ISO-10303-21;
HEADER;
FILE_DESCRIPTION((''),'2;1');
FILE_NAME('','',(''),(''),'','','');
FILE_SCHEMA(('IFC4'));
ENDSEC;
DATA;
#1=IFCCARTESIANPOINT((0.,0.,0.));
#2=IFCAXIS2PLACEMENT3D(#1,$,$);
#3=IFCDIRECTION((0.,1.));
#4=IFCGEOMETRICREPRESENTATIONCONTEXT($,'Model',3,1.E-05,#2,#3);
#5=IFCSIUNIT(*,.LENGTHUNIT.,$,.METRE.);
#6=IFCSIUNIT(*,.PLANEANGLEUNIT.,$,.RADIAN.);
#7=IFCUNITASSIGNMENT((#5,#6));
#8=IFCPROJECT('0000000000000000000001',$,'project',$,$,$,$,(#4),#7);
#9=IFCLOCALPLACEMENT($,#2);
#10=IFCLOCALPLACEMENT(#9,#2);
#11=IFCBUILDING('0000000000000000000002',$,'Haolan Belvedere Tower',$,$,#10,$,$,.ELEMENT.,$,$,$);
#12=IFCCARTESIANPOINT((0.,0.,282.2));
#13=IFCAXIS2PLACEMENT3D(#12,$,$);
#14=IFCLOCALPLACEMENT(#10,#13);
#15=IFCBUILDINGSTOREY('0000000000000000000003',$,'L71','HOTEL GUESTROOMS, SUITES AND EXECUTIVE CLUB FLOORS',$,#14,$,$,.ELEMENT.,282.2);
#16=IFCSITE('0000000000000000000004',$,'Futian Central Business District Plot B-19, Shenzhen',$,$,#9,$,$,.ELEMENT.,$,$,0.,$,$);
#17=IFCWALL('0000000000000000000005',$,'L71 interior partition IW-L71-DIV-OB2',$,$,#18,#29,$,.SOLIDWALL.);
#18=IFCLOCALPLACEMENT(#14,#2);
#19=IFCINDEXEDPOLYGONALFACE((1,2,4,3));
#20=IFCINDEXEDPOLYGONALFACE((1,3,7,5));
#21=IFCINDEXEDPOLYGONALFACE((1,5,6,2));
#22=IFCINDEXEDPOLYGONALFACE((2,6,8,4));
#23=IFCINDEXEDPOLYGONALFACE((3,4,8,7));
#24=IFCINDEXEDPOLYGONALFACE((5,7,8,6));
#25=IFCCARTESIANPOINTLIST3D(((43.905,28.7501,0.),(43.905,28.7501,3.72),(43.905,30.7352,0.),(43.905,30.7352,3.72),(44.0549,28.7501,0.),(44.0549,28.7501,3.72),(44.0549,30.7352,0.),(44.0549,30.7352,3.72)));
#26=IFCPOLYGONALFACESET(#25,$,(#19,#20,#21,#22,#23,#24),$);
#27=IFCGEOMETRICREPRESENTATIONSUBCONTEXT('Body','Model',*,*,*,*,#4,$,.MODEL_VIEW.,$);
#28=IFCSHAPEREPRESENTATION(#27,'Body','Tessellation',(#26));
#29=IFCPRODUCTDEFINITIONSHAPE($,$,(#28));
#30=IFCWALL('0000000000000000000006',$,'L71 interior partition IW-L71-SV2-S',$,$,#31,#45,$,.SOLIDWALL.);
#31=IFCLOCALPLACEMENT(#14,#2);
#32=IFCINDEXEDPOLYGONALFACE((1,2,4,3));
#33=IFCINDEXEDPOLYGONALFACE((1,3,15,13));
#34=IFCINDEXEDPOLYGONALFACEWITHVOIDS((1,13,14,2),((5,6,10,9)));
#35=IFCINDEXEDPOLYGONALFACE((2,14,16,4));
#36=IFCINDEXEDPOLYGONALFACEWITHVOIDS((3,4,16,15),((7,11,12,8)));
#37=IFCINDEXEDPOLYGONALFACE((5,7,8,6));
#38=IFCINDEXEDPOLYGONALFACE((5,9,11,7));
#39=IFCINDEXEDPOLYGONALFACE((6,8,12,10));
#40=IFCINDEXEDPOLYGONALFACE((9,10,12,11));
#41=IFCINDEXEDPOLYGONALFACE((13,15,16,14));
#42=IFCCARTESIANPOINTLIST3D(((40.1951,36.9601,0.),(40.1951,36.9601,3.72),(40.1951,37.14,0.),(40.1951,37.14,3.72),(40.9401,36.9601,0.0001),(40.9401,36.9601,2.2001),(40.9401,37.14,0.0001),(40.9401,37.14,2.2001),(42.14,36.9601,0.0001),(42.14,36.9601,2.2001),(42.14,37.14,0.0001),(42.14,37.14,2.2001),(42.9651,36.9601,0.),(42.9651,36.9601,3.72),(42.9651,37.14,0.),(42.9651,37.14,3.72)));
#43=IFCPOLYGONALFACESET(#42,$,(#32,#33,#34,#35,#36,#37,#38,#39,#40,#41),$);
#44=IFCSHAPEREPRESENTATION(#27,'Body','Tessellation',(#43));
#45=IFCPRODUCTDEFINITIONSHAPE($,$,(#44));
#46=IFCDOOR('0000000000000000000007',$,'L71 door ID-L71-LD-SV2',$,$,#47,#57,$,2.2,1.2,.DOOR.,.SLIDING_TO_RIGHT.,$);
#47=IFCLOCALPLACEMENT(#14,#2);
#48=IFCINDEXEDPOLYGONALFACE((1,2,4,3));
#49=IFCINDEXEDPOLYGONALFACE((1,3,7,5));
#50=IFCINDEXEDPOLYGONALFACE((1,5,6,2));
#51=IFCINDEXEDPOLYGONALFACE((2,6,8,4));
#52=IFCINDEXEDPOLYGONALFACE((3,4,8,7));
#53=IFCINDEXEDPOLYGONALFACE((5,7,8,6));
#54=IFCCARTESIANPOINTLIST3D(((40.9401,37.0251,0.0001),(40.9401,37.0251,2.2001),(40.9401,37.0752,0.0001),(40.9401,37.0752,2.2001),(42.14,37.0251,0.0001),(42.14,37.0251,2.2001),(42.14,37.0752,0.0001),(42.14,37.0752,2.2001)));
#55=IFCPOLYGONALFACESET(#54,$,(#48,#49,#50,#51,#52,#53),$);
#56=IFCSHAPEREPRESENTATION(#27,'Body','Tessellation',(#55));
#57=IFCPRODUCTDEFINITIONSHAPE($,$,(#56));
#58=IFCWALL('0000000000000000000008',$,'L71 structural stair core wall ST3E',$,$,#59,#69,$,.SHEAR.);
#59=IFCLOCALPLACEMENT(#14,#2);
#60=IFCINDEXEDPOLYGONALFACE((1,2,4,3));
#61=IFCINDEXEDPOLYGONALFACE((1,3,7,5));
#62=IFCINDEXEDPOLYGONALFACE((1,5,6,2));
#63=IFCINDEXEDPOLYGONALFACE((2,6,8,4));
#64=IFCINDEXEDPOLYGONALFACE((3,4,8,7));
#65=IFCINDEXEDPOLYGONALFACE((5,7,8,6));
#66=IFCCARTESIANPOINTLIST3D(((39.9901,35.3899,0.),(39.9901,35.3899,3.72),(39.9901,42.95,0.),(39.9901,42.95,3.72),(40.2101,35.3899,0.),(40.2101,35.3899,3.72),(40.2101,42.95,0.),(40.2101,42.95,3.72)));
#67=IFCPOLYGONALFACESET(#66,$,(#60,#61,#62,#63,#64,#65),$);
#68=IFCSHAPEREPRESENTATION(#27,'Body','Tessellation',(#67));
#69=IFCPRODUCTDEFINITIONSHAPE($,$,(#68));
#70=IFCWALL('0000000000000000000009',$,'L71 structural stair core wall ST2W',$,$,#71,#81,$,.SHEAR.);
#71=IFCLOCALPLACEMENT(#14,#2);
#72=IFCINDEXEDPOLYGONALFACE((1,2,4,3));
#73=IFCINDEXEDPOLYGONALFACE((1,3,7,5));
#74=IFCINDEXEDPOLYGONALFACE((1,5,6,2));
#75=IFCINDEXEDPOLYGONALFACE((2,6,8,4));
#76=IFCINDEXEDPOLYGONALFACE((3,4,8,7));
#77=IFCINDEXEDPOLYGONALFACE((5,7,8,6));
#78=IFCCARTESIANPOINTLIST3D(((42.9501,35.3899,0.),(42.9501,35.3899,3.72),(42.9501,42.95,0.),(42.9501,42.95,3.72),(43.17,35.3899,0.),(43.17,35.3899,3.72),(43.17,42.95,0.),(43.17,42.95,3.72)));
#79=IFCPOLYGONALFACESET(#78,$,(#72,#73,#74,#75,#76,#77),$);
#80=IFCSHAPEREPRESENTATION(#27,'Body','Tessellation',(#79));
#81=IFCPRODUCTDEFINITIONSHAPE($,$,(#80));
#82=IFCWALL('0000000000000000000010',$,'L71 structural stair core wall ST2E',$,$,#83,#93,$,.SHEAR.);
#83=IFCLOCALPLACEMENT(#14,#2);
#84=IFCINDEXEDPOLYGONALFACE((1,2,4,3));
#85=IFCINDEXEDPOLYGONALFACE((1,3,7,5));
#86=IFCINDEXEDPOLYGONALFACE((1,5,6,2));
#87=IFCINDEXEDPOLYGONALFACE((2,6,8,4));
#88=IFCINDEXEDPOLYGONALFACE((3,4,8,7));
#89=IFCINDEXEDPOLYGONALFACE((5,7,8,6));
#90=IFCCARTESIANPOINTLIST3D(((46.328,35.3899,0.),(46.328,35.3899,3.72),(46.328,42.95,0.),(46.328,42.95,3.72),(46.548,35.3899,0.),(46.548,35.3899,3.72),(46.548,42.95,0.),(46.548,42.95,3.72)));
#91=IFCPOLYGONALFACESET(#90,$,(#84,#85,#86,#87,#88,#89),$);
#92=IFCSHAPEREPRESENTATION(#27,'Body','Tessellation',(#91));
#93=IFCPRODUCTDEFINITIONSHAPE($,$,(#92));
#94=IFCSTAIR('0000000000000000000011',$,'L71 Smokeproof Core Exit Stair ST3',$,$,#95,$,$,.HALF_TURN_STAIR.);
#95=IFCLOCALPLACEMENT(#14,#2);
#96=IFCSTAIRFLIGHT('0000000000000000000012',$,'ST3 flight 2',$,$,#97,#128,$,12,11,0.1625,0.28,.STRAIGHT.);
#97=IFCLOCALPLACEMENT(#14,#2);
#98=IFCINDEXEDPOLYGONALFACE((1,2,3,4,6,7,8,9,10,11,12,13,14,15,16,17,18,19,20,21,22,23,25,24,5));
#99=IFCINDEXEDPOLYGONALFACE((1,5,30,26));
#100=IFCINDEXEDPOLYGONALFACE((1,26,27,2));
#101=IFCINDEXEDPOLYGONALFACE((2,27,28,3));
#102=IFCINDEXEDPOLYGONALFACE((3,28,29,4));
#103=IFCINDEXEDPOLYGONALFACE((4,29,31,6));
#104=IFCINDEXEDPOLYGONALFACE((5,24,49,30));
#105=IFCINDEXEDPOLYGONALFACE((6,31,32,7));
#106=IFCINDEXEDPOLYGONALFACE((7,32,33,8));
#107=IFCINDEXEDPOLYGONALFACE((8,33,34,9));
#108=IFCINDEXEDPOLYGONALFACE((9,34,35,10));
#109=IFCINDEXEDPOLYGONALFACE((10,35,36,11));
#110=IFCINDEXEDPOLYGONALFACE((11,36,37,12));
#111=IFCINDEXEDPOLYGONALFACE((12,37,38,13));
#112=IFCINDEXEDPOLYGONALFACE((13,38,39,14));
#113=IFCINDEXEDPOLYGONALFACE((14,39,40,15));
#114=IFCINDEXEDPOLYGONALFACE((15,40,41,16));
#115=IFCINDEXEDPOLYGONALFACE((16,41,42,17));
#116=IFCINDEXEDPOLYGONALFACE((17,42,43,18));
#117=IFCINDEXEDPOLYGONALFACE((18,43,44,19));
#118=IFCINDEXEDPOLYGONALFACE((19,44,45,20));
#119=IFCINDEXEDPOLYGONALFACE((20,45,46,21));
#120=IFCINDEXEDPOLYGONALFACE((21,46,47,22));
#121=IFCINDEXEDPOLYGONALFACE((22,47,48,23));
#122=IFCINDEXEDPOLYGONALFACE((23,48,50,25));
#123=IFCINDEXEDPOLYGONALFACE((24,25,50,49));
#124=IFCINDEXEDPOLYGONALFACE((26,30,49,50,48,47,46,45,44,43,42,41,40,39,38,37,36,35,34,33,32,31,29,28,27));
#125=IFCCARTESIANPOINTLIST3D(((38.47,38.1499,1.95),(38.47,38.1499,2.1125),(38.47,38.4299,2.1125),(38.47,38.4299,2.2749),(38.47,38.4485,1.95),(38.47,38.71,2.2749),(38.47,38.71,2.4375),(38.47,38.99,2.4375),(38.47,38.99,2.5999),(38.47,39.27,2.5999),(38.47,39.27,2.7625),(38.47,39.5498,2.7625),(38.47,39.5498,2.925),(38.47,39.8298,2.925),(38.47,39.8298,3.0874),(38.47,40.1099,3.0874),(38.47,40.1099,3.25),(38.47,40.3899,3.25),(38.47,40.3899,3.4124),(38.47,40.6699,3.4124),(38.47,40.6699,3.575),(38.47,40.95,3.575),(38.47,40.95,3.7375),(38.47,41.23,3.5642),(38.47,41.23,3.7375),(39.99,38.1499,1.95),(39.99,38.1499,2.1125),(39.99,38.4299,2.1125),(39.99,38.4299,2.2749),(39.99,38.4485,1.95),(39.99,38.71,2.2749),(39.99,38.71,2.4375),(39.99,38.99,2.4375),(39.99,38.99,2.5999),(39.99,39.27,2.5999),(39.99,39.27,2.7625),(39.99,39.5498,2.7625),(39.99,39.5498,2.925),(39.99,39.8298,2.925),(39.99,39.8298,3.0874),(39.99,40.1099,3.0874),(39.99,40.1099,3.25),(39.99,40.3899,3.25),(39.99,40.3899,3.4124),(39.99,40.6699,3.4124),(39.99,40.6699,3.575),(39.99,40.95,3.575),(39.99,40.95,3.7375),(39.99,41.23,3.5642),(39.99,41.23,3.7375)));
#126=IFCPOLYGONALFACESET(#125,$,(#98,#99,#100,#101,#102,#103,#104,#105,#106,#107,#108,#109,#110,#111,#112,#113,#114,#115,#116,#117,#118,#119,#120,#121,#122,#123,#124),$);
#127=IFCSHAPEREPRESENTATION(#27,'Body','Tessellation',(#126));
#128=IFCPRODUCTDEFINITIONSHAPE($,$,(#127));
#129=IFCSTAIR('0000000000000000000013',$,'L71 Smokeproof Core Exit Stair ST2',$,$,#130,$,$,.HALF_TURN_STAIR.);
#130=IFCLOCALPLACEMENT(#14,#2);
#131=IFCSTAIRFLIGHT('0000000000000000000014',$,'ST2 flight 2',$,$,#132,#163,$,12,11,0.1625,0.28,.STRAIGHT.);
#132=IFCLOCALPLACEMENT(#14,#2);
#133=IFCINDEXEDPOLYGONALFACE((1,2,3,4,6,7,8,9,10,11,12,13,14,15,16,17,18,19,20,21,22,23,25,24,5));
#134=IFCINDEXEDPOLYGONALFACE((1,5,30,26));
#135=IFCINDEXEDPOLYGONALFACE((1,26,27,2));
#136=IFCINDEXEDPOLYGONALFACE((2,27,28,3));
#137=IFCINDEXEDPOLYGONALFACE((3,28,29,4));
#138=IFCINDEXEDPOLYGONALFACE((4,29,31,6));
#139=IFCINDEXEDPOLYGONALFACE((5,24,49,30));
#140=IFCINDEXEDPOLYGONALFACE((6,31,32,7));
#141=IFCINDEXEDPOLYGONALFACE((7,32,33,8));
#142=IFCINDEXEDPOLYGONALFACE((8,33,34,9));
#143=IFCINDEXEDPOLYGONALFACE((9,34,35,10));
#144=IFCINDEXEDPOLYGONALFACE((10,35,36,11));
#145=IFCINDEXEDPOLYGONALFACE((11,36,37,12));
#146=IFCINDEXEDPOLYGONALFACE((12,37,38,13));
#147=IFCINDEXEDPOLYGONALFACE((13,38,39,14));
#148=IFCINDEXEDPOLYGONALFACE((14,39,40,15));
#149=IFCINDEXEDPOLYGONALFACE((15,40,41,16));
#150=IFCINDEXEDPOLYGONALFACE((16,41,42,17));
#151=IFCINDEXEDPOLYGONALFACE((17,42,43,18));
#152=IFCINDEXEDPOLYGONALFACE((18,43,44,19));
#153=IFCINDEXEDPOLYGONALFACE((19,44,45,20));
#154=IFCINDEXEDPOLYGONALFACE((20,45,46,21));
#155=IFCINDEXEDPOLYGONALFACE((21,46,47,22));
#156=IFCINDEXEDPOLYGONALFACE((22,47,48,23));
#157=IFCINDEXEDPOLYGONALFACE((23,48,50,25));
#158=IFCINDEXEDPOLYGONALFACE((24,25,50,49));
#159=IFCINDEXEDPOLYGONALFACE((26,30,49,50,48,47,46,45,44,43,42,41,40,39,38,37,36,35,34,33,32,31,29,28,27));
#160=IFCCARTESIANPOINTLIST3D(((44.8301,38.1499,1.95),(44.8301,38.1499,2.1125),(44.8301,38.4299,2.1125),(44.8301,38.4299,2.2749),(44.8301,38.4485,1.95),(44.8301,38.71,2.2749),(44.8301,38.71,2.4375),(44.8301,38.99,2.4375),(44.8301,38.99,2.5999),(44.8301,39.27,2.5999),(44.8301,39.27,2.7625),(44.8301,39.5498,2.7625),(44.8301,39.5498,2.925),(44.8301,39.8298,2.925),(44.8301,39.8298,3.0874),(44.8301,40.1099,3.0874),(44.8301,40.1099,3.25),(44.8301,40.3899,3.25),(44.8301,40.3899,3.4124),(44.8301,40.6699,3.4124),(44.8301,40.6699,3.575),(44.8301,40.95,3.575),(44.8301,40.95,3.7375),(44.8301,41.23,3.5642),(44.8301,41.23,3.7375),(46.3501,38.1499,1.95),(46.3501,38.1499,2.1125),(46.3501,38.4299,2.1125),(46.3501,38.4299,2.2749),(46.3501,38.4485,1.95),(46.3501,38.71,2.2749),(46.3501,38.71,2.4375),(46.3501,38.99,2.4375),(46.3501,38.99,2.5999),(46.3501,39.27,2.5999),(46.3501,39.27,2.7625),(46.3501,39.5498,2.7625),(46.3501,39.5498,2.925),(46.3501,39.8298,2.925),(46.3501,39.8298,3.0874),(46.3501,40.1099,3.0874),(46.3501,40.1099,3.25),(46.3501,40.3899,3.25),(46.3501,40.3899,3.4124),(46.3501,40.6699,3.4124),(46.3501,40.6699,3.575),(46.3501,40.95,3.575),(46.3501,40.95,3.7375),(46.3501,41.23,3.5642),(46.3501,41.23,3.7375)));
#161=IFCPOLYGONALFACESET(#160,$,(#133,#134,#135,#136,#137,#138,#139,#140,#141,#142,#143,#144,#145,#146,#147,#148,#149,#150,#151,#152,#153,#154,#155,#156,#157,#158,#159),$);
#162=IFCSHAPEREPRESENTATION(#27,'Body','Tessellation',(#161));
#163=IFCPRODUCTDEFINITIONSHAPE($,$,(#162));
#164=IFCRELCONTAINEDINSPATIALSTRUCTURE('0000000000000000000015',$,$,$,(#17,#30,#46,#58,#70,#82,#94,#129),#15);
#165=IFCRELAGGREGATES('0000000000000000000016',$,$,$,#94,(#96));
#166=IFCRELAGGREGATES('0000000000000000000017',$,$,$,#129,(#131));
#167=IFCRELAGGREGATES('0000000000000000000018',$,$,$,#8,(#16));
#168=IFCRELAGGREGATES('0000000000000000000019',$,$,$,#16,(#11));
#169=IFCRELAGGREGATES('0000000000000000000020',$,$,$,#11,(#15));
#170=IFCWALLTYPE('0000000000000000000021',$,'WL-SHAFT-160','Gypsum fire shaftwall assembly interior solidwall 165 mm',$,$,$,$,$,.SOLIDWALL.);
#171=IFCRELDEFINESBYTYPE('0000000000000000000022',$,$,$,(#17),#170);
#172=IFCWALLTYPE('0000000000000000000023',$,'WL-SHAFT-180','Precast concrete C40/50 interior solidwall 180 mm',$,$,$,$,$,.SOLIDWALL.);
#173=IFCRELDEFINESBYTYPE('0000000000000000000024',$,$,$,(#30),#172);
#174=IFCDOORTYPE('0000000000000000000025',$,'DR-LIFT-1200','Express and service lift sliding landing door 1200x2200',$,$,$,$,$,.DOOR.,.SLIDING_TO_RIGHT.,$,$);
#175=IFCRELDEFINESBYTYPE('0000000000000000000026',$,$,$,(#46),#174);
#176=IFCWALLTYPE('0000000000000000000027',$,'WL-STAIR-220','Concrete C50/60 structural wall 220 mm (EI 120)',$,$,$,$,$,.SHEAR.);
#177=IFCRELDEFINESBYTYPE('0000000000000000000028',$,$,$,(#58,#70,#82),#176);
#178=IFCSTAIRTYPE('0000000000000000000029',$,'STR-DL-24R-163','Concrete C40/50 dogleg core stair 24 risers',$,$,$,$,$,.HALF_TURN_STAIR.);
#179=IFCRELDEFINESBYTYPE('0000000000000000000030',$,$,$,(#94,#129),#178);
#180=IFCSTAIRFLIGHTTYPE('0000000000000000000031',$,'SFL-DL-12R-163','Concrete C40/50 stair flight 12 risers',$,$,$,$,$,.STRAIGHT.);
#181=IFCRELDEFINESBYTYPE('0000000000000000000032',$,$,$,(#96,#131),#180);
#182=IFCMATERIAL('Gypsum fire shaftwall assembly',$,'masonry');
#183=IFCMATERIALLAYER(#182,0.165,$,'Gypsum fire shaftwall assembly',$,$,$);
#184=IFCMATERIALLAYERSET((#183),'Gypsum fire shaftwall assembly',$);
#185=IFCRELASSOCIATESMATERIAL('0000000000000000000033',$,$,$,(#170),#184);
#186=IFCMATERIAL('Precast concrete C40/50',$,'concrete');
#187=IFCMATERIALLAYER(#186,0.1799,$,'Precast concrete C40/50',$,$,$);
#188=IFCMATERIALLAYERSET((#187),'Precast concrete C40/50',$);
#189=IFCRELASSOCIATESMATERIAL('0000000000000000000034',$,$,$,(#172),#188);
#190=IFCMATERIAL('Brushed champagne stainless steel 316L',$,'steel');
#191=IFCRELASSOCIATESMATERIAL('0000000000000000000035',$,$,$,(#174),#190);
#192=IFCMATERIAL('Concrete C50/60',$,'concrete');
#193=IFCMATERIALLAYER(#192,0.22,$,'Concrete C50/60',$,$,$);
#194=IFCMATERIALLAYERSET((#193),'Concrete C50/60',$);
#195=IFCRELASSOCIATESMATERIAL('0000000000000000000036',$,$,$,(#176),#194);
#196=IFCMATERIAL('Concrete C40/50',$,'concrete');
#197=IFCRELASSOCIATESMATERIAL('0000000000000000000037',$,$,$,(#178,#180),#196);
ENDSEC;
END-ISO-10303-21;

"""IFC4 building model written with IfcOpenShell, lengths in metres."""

from ifc_helpers import new_model, si_unit, direction, frame, frame_2d, origin, place, context, subcontext, project, spatial, polyline, rectangle, outline, extrude, material, layer, layer_set, type_object, element, fill, aggregate, save


model = new_model("IFC4")

# Units and contexts
model_context = context("Model", 3, precision=1e-05, world=origin(), true_north=direction((0.0, 1.0)))
body_context = subcontext(model_context, "Body", "Model", "MODEL_VIEW")
ifc_project = project(units=[si_unit("LENGTHUNIT", "METRE"), si_unit("PLANEANGLEUNIT", "RADIAN")], contexts=[model_context])

# Site, building, storey
site_placement = place(None, origin())
site = spatial("IfcSite", under=ifc_project, at=site_placement, Name="Futian Central Business District Plot B-19, Shenzhen", CompositionType="ELEMENT", RefElevation=0.0)
building_placement = place(site_placement, origin())
building = spatial("IfcBuilding", under=site, at=building_placement, Name="Haolan Belvedere Tower", CompositionType="ELEMENT")
storey_placement = place(building_placement, frame((0.0, 0.0, 282.2)))
storey = spatial("IfcBuildingStorey", under=building, at=storey_placement, Name="L71", Description="HOTEL GUESTROOMS, SUITES AND EXECUTIVE CLUB FLOORS", CompositionType="ELEMENT", Elevation=282.2)

# Shared definitions
ifc_material_1 = material(Name="Concrete C50/60", Category="concrete")

# Shared definitions
ifc_material_2 = material(Name="Precast concrete C40/50", Category="concrete")

# Shared definitions
ifc_material_3 = material(Name="Gypsum fire shaftwall assembly", Category="masonry")
ifc_layer_1 = layer(ifc_material_3, 0.165, Name="Gypsum fire shaftwall assembly")
ifc_layer_set_1 = layer_set([ifc_layer_1], Name="Gypsum fire shaftwall assembly")
wall_type_1 = type_object("IfcWallType", Name="WL-SHAFT-160", Description="Gypsum fire shaftwall assembly interior solidwall 165 mm", PredefinedType="SOLIDWALL", material=ifc_layer_set_1)

# Shared definitions
ifc_material_4 = material(Name="Brushed champagne stainless steel 316L", Category="steel")

# Wall
for number, where, z_axis, x_axis, name in (
    (1, (43.98, 28.75, 0.0), (0.0, 0.0, 1.0), (0.0, 1.0, 0.0), "L71 interior partition IW-L71-DIV-OB2"),
):
    element("IfcWall", number, at=place(storey_placement, frame(where, z_axis=z_axis, x_axis=x_axis)), inside=storey, type_object=wall_type_1, Name=name, PredefinedType="SOLIDWALL", context=body_context, shape_type="SweptSolid", body=[
        extrude(rectangle(XDim=1.9851, YDim=0.1499, at=frame_2d((0.9927, 0.0))), origin(), (0.0, 0.0, 1.0), 3.72),
    ])

# Wall, opening, door
ifc_layer_2 = layer(ifc_material_2, 0.1799, Name="Precast concrete C40/50")
ifc_layer_set_2 = layer_set([ifc_layer_2], Name="Precast concrete C40/50")
wall_type_2 = type_object("IfcWallType", Name="WL-SHAFT-180", Description="Precast concrete C40/50 interior solidwall 180 mm", PredefinedType="SOLIDWALL", material=ifc_layer_set_2)
wall_1_placement = place(storey_placement, frame((40.1951, 37.05, 0.0), z_axis=(0.0, 0.0, 1.0), x_axis=(1.0, 0.0, 0.0)))
wall_1 = element("IfcWall", 2, at=wall_1_placement, inside=storey, type_object=wall_type_2, Name="L71 interior partition IW-L71-SV2-S", PredefinedType="SOLIDWALL", context=body_context, shape_type="SweptSolid", body=[
    extrude(rectangle(XDim=2.77, YDim=0.1799, at=frame_2d((1.385, 0.0))), origin(), (0.0, 0.0, 1.0), 3.72),
])
opening_1_placement = place(wall_1_placement, frame((1.9451, 0.0, 0.0), z_axis=(0.0, 0.0, 1.0), x_axis=(-1.0, 0.0, 0.0)))
opening_1 = element("IfcOpeningElement", 3, at=opening_1_placement, cuts=wall_1, PredefinedType="OPENING", context=body_context, shape_type="SweptSolid", body=[
    extrude(rectangle(XDim=1.2, YDim=2.2, at=frame_2d((0.6001, 1.1001))), frame((0.0, 0.0999, 0.0), z_axis=(0.0, -1.0, 0.0), x_axis=(1.0, 0.0, 0.0)), (0.0, 0.0, 1.0), 0.2),
])
door_type_1 = type_object("IfcDoorType", Name="DR-LIFT-1200", Description="Express and service lift sliding landing door 1200x2200", OperationType="SLIDING_TO_RIGHT", PredefinedType="DOOR", material=ifc_material_4)
door_1_placement = place(opening_1_placement, origin())
door_1 = element("IfcDoor", 4, at=door_1_placement, inside=storey, type_object=door_type_1, Name="L71 door ID-L71-LD-SV2", OperationType="SLIDING_TO_RIGHT", OverallHeight=2.2, OverallWidth=1.2, PredefinedType="DOOR", context=body_context, shape_type="SweptSolid", body=[
    extrude(rectangle(XDim=1.2, YDim=2.2, at=frame_2d((0.6001, 1.1001))), frame((0.0, 0.0249, 0.0), z_axis=(0.0, -1.0, 0.0), x_axis=(1.0, 0.0, 0.0)), (0.0, 0.0, 1.0), 0.05),
])
fill(opening_1, door_1)

# Walls
ifc_layer_3 = layer(ifc_material_1, 0.22, Name="Concrete C50/60")
ifc_layer_set_3 = layer_set([ifc_layer_3], Name="Concrete C50/60")
wall_type_3 = type_object("IfcWallType", Name="WL-STAIR-220", Description="Concrete C50/60 structural wall 220 mm (EI 120)", PredefinedType="SHEAR", material=ifc_layer_set_3)
for number, where, z_axis, x_axis, name in (
    (5, (40.1001, 35.3899, 0.0), (0.0, 0.0, 1.0), (0.0, 1.0, 0.0), "L71 structural stair core wall ST3E"),
    (6, (43.0601, 35.3899, 0.0), (0.0, 0.0, 1.0), (0.0, 1.0, 0.0), "L71 structural stair core wall ST2W"),
    (7, (46.438, 35.3899, 0.0), (0.0, 0.0, 1.0), (0.0, 1.0, 0.0), "L71 structural stair core wall ST2E"),
):
    element("IfcWall", number, at=place(storey_placement, frame(where, z_axis=z_axis, x_axis=x_axis)), inside=storey, type_object=wall_type_3, Name=name, PredefinedType="SHEAR", context=body_context, shape_type="SweptSolid", body=[
        extrude(rectangle(XDim=7.5601, YDim=0.22, at=frame_2d((3.78, 0.0))), origin(), (0.0, 0.0, 1.0), 3.72),
    ])

# Stairs, stair flights
ifc_material_5 = material(Name="Concrete C40/50", Category="concrete")
stair_type = type_object("IfcStairType", Name="STR-DL-24R-163", Description="Concrete C40/50 dogleg core stair 24 risers", PredefinedType="HALF_TURN_STAIR", material=ifc_material_5)
stair_1_placement = place(storey_placement, origin())
stair_1 = element("IfcStair", 8, at=stair_1_placement, inside=storey, type_object=stair_type, Name="L71 Smokeproof Core Exit Stair ST3", PredefinedType="HALF_TURN_STAIR")
stair_flight_type = type_object("IfcStairFlightType", Name="SFL-DL-12R-163", Description="Concrete C40/50 stair flight 12 risers", PredefinedType="STRAIGHT", material=ifc_material_5)
stair_flight_1_placement = place(storey_placement, frame((39.23, 38.1499, 1.95), z_axis=(0.0, 0.0, 1.0), x_axis=(0.0, 1.0, 0.0)))
stair_flight_1 = element("IfcStairFlight", 9, at=stair_flight_1_placement, type_object=stair_flight_type, Name="ST3 flight 2", NumberOfRisers=12, NumberOfTreads=11, PredefinedType="STRAIGHT", RiserHeight=0.1625, TreadLength=0.28, context=body_context, shape_type="SweptSolid", body=[
    extrude(outline(polyline([(0.0, 0.0), (0.0, 0.1626), (0.28, 0.1626), (0.28, 0.325), (0.5601, 0.325), (0.5601, 0.4875), (0.8401, 0.4875), (0.8401, 0.6499), (1.1201, 0.6499), (1.1201, 0.8125), (1.3999, 0.8125), (1.3999, 0.9751), (1.6799, 0.9751), (1.6799, 1.1375), (1.96, 1.1375), (1.96, 1.3), (2.24, 1.3), (2.24, 1.4624), (2.52, 1.4624), (2.52, 1.625), (2.8, 1.625), (2.8, 1.7876), (3.0801, 1.7876), (3.0801, 1.95), (3.0801, 1.6143), (0.2986, 0.0), (0.0, 0.0)])), frame((0.0, 0.76, 0.0), z_axis=(0.0, -1.0, 0.0), x_axis=(1.0, 0.0, 0.0)), (0.0, 0.0, 1.0), 1.52),
])
aggregate(stair_1, [stair_flight_1])
stair_2_placement = place(storey_placement, origin())
stair_2 = element("IfcStair", 10, at=stair_2_placement, inside=storey, type_object=stair_type, Name="L71 Smokeproof Core Exit Stair ST2", PredefinedType="HALF_TURN_STAIR")
stair_flight_2_placement = place(storey_placement, frame((45.5901, 38.1499, 1.95), z_axis=(0.0, 0.0, 1.0), x_axis=(0.0, 1.0, 0.0)))
stair_flight_2 = element("IfcStairFlight", 11, at=stair_flight_2_placement, type_object=stair_flight_type, Name="ST2 flight 2", NumberOfRisers=12, NumberOfTreads=11, PredefinedType="STRAIGHT", RiserHeight=0.1625, TreadLength=0.28, context=body_context, shape_type="SweptSolid", body=[
    extrude(outline(polyline([(0.0, 0.0), (0.0, 0.1626), (0.28, 0.1626), (0.28, 0.325), (0.5601, 0.325), (0.5601, 0.4875), (0.8401, 0.4875), (0.8401, 0.6499), (1.1201, 0.6499), (1.1201, 0.8125), (1.3999, 0.8125), (1.3999, 0.9751), (1.6799, 0.9751), (1.6799, 1.1375), (1.96, 1.1375), (1.96, 1.3), (2.24, 1.3), (2.24, 1.4624), (2.52, 1.4624), (2.52, 1.625), (2.8, 1.625), (2.8, 1.7876), (3.0801, 1.7876), (3.0801, 1.95), (3.0801, 1.6143), (0.2986, 0.0), (0.0, 0.0)])), frame((0.0, 0.76, 0.0), z_axis=(0.0, -1.0, 0.0), x_axis=(1.0, 0.0, 0.0)), (0.0, 0.0, 1.0), 1.52),
])
aggregate(stair_2, [stair_flight_2])

save(model, "model.ifc")
